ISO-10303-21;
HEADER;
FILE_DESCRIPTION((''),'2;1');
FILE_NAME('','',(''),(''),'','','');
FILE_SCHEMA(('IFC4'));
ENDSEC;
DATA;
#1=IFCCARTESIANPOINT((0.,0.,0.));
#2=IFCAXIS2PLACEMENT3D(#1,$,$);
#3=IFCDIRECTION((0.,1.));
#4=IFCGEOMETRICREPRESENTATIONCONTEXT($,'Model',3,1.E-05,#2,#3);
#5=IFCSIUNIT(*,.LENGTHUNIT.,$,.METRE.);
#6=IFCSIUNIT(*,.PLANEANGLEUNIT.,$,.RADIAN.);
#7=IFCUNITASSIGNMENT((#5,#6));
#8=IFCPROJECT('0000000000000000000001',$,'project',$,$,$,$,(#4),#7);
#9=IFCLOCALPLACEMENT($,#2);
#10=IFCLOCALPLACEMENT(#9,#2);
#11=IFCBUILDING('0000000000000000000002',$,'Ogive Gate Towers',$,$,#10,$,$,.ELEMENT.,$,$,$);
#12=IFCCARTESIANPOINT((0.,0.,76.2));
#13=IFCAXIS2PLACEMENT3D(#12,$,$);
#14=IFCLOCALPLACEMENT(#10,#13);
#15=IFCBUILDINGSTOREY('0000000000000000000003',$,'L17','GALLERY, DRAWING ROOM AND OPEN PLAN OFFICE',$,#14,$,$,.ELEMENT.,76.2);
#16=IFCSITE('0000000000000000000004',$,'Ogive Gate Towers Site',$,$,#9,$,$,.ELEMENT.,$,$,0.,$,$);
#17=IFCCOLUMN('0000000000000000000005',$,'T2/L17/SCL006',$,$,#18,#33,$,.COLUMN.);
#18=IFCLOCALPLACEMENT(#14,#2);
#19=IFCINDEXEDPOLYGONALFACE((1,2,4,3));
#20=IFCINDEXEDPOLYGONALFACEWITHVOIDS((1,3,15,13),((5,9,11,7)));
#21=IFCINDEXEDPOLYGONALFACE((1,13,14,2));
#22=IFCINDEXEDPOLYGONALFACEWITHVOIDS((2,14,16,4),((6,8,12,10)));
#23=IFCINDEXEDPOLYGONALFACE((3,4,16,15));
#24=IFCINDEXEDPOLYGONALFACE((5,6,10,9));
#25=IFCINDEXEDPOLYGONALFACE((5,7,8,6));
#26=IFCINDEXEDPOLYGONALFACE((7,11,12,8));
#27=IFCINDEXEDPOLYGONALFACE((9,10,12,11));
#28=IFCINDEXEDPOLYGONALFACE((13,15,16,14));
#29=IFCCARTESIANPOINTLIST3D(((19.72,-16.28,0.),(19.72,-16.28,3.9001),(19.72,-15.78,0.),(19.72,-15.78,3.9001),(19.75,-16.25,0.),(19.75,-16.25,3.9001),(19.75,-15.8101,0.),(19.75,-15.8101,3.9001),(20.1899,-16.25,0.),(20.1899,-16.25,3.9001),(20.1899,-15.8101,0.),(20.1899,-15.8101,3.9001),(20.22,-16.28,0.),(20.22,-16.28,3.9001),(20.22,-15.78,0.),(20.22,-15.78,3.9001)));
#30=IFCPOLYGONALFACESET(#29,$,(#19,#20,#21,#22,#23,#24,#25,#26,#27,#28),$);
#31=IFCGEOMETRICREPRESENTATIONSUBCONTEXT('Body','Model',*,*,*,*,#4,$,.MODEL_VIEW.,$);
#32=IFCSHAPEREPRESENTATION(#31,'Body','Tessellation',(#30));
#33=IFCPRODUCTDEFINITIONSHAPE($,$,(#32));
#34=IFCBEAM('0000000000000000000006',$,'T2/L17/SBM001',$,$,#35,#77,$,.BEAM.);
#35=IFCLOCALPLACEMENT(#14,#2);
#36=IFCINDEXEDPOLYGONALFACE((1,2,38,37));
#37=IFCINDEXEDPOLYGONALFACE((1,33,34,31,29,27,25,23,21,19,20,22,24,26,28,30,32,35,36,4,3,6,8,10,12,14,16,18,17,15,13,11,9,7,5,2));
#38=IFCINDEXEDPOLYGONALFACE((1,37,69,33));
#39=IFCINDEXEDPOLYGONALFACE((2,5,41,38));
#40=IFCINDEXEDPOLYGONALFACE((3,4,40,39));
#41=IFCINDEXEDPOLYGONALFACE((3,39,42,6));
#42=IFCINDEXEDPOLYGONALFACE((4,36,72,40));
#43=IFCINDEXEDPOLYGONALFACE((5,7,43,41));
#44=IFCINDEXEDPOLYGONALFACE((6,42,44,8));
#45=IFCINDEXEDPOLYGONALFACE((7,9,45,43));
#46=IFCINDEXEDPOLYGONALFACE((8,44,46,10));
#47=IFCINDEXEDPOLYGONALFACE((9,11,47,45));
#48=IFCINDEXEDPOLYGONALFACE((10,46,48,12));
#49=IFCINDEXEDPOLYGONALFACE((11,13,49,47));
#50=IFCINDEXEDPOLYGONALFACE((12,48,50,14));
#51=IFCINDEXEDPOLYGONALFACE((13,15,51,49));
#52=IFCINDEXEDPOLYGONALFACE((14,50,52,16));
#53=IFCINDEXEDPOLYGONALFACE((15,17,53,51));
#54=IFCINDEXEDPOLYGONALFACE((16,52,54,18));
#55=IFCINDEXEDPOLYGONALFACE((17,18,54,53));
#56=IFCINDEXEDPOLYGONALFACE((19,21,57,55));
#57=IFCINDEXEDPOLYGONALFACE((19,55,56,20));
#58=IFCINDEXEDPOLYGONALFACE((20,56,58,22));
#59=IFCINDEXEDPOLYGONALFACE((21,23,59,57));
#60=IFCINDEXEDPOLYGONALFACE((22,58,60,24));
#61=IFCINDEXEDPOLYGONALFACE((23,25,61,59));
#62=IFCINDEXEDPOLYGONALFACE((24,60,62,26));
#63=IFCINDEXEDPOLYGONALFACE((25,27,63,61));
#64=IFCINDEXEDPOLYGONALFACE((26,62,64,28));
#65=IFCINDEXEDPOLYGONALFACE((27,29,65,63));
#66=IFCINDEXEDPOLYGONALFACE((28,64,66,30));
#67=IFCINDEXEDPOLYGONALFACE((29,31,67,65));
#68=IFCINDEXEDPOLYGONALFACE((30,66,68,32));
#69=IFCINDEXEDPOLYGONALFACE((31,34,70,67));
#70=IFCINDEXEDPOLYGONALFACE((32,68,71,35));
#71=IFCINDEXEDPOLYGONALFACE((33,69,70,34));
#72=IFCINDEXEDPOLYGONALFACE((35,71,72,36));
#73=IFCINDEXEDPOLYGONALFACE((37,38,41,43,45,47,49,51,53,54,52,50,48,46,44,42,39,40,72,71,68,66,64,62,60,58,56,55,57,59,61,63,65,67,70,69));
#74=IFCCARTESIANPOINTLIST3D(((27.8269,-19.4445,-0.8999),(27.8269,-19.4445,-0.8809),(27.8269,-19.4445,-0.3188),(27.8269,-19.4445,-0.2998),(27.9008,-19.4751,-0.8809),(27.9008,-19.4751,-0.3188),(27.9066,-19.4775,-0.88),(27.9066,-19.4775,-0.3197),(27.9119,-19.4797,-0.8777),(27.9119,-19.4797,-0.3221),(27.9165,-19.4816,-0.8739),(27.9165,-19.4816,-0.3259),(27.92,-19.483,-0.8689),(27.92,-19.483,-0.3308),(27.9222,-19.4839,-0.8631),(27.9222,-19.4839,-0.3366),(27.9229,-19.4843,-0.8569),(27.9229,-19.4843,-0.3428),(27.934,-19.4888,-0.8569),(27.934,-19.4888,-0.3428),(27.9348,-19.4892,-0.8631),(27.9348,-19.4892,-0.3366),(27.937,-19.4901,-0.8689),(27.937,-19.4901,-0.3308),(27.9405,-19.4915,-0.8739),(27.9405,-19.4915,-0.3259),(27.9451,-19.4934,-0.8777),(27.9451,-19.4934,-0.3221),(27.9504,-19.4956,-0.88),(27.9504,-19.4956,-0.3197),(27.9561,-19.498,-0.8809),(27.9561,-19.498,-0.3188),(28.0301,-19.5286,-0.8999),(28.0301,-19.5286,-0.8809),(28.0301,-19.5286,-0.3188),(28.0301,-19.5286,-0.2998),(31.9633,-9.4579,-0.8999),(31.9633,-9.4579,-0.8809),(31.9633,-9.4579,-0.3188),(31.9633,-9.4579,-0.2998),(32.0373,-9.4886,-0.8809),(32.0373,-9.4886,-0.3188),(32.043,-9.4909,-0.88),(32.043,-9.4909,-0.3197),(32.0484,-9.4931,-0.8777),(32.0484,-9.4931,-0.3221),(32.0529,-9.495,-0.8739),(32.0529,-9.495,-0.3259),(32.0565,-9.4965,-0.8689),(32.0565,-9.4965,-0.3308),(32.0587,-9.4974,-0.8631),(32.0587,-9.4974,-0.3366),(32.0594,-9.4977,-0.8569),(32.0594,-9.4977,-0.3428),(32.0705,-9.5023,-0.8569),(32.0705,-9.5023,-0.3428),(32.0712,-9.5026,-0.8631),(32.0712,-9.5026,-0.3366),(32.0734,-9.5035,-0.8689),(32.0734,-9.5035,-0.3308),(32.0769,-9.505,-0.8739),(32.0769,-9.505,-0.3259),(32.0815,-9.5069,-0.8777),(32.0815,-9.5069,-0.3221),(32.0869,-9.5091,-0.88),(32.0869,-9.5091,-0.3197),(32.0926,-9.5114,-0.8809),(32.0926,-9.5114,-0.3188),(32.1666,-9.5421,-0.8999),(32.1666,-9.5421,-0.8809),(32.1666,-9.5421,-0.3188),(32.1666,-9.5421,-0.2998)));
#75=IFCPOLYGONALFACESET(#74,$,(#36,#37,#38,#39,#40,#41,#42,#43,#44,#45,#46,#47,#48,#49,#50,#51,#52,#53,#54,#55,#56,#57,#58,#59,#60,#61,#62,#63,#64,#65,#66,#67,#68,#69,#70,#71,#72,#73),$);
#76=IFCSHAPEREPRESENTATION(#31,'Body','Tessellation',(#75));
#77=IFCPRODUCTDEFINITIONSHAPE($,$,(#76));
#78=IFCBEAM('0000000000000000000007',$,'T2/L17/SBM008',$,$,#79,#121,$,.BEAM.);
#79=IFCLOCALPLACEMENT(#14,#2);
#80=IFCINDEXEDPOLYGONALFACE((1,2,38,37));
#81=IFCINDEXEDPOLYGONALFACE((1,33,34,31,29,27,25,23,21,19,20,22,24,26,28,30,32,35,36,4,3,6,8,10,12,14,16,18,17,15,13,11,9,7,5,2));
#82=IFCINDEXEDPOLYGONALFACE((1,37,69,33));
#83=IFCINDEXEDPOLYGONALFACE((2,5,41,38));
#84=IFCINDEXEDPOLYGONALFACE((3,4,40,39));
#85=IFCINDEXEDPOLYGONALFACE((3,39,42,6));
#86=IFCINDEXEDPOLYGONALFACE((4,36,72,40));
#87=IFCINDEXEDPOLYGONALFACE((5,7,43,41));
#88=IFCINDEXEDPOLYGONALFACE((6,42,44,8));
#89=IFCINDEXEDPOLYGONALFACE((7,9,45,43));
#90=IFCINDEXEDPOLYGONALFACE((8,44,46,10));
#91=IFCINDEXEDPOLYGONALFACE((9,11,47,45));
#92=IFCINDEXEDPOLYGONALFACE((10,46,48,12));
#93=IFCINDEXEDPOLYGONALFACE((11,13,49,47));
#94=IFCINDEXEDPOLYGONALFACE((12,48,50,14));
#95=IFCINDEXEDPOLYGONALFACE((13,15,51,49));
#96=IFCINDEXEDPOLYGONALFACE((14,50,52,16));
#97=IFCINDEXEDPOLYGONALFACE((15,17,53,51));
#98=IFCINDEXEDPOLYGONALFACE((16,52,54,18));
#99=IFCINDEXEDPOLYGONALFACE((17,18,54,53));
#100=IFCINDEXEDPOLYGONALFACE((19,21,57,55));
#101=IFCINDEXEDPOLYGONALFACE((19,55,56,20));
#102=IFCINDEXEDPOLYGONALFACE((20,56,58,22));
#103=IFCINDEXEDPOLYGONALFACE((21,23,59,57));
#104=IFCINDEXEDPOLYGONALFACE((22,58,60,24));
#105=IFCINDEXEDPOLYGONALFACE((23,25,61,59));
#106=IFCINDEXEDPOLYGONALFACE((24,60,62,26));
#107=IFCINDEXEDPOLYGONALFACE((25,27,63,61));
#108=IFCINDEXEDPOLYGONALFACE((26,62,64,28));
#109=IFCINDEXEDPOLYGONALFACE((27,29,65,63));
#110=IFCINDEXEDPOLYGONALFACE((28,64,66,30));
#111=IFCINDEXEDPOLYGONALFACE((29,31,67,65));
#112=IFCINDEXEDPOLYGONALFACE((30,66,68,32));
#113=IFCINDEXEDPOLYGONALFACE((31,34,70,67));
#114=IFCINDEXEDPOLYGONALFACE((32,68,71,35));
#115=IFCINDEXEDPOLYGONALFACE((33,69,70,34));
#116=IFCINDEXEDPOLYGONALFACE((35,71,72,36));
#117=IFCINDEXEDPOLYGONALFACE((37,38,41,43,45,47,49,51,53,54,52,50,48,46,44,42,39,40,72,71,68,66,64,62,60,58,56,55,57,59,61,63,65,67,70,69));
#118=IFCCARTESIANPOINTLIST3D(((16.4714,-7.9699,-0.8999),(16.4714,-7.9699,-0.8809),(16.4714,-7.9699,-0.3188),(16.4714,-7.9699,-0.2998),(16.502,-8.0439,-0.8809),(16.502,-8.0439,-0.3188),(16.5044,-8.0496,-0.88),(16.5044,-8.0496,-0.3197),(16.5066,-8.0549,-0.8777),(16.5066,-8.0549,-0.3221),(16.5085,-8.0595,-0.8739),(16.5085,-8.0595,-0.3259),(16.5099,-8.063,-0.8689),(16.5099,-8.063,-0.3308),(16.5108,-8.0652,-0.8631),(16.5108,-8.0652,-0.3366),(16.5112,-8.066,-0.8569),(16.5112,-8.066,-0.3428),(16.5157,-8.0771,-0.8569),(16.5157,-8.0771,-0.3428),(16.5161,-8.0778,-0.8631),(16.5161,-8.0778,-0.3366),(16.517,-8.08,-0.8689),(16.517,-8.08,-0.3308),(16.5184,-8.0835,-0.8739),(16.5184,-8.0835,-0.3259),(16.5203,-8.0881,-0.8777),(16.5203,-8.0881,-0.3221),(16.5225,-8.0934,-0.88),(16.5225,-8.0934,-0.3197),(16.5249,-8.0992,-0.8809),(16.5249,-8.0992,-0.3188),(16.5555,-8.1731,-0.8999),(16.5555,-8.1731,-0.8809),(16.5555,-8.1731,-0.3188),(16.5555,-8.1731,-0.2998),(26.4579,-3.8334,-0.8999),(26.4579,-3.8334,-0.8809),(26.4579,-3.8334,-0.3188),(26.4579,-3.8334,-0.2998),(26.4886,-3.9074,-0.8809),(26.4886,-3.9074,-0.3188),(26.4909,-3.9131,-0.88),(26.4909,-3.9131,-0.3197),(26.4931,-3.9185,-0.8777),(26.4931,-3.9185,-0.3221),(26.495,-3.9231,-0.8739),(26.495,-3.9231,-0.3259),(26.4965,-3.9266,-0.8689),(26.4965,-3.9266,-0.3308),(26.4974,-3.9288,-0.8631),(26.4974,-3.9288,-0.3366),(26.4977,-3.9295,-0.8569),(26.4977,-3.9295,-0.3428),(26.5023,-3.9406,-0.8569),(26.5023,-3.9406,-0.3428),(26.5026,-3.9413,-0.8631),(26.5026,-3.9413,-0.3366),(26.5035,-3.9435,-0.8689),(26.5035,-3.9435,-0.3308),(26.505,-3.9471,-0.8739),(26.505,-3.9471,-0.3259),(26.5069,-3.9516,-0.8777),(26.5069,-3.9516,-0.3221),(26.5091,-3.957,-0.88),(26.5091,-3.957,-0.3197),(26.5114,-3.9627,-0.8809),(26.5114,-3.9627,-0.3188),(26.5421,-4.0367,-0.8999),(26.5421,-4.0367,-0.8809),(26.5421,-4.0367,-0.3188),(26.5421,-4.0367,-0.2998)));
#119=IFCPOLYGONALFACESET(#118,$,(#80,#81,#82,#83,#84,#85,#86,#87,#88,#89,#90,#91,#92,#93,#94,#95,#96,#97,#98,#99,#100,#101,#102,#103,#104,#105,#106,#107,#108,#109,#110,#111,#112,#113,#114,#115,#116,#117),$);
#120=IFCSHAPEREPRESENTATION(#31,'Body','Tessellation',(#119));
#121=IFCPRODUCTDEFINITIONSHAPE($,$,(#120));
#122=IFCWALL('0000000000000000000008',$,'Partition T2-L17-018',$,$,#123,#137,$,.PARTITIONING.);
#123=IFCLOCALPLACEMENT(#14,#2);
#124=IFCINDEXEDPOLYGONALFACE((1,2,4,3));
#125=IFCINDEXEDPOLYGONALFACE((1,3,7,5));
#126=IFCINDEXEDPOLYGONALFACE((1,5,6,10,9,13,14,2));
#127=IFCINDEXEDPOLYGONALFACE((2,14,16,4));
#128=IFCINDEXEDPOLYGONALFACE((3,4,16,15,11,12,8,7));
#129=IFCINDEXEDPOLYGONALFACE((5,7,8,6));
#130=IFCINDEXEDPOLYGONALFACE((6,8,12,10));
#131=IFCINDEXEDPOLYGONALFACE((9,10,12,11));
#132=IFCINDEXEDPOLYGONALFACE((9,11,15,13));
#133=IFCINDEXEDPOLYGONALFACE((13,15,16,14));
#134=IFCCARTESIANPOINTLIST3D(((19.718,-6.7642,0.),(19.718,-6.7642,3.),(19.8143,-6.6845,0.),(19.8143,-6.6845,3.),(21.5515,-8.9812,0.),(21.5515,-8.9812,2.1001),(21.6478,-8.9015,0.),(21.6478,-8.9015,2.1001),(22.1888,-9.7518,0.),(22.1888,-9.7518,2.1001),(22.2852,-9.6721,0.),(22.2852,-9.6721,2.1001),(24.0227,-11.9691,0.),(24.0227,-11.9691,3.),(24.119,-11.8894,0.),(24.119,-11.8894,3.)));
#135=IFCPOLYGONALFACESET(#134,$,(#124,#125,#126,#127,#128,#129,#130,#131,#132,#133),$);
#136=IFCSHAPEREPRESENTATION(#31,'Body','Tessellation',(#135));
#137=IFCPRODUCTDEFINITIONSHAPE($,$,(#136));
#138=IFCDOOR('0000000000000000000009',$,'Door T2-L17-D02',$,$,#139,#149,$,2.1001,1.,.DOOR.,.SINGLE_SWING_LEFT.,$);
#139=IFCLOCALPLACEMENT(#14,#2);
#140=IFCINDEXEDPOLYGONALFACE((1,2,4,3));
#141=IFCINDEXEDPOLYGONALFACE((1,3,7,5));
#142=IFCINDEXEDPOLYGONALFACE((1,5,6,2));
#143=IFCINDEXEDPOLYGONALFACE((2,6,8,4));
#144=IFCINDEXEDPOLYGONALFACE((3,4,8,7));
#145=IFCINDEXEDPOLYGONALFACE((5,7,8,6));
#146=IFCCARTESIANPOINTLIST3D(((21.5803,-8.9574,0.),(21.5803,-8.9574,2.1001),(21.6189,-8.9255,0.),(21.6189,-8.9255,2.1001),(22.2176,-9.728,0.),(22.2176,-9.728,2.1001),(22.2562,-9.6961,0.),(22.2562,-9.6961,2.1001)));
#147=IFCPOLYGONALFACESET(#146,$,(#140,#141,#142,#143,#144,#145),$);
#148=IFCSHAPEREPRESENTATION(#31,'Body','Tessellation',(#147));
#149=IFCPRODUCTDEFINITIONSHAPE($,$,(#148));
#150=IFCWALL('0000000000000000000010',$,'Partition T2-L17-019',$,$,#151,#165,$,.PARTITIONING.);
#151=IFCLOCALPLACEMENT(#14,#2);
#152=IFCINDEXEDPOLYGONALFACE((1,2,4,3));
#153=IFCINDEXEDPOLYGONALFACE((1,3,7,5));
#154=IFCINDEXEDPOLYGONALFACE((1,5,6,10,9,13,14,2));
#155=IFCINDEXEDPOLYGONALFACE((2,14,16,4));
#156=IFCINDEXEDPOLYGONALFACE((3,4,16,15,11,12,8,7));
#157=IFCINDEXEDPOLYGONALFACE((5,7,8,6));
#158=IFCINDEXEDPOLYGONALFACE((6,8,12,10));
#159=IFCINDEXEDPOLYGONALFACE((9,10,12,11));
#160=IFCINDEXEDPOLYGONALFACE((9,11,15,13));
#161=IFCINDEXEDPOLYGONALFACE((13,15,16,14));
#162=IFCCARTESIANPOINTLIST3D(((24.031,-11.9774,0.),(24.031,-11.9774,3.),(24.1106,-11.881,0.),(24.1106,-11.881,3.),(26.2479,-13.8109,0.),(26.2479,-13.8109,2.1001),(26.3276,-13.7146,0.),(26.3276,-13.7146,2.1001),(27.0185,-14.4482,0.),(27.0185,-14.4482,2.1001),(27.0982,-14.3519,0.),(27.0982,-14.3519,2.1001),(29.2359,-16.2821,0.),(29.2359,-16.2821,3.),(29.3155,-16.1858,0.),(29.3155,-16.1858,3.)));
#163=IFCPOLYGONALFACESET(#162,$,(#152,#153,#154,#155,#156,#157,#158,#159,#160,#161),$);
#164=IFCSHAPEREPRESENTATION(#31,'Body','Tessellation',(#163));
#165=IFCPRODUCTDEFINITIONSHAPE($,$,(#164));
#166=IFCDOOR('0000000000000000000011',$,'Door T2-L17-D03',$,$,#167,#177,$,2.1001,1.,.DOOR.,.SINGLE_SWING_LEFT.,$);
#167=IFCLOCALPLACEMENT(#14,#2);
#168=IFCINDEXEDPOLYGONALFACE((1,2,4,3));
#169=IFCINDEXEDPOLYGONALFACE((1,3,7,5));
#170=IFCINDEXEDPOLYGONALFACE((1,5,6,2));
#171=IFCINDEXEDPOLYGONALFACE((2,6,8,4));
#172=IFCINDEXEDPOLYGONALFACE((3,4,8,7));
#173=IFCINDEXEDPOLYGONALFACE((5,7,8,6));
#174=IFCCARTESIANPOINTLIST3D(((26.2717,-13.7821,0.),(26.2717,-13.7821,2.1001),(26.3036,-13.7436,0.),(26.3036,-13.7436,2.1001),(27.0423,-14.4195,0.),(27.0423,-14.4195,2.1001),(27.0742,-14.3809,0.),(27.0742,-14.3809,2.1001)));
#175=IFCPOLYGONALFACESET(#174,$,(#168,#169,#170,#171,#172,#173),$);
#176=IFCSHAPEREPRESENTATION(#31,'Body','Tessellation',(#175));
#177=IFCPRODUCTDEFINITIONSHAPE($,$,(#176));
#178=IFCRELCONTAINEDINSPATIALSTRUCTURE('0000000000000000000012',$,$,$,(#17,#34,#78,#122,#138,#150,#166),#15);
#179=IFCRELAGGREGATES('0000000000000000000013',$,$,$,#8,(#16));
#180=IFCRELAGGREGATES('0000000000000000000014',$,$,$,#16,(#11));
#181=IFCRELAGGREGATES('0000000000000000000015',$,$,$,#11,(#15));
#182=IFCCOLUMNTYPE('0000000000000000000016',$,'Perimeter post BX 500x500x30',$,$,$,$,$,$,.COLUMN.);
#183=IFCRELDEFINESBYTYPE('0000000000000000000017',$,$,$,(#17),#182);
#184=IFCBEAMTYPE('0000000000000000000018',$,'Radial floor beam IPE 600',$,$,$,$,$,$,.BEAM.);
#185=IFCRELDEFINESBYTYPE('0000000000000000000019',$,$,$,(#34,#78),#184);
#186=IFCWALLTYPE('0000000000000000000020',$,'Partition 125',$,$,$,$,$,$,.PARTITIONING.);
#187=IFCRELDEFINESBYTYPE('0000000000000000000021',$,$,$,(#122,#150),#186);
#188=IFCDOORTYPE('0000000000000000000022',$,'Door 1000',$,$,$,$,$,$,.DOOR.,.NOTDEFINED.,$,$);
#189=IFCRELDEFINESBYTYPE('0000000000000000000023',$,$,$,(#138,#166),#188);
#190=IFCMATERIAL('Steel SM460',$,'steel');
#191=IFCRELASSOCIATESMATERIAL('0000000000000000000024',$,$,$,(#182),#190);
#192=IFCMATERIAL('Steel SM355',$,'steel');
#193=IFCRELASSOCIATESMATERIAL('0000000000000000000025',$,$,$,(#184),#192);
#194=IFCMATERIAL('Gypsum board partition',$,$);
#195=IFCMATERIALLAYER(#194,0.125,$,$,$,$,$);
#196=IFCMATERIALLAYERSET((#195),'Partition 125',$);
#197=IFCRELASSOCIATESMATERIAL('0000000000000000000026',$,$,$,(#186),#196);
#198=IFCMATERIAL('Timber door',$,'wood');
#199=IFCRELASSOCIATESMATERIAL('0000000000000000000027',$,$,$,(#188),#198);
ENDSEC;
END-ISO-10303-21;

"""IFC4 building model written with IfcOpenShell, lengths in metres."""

from ifc_helpers import new_model, si_unit, direction, frame, frame_2d, origin, origin_2d, place, context, subcontext, project, spatial, rectangle, hollow_rectangle, i_section, extrude, material, layer, layer_set, material_profile, profile_set, type_object, element, fill, save


model = new_model("IFC4")

# Units and contexts
model_context = context("Model", 3, precision=1e-05, world=origin(), true_north=direction((0.0, 1.0)))
body_context = subcontext(model_context, "Body", "Model", "MODEL_VIEW")
ifc_project = project(units=[si_unit("LENGTHUNIT", "METRE"), si_unit("PLANEANGLEUNIT", "RADIAN")], contexts=[model_context])

# Site, building, storey
site_placement = place(None, origin())
site = spatial("IfcSite", under=ifc_project, at=site_placement, Name="Ogive Gate Towers Site", CompositionType="ELEMENT", RefElevation=0.0)
building_placement = place(site_placement, origin())
building = spatial("IfcBuilding", under=site, at=building_placement, Name="Ogive Gate Towers", CompositionType="ELEMENT")
storey_placement = place(building_placement, frame((0.0, 0.0, 76.2)))
storey = spatial("IfcBuildingStorey", under=building, at=storey_placement, Name="L17", Description="GALLERY, DRAWING ROOM AND OPEN PLAN OFFICE", CompositionType="ELEMENT", Elevation=76.2)

# Column
ifc_material_1 = material(Name="Steel SM460", Category="steel")
ifc_material_profile_1 = material_profile(ifc_material_1, hollow_rectangle(XDim=0.5, YDim=0.5, WallThickness=0.03, at=origin_2d()), Name="BX 500x500x30")
ifc_profile_set_1 = profile_set([ifc_material_profile_1], Name="Steel SM460")
column_type = type_object("IfcColumnType", Name="Perimeter post BX 500x500x30", PredefinedType="COLUMN", material=ifc_profile_set_1)
column_placement = place(storey_placement, frame((19.97, -16.03, 0.0), z_axis=(0.0, 0.0, 1.0), x_axis=(1.0, 0.0, 0.0)))
element("IfcColumn", 1, at=column_placement, inside=storey, type_object=column_type, Name="T2/L17/SCL006", PredefinedType="COLUMN", context=body_context, shape_type="SweptSolid", body=[
    extrude(hollow_rectangle(XDim=0.5, YDim=0.5, WallThickness=0.03, at=origin_2d()), origin(), (0.0, 0.0, 1.0), 3.9001),
])

# Beams
ifc_material_2 = material(Name="Steel SM355", Category="steel")
ifc_material_profile_2 = material_profile(ifc_material_2, i_section(OverallWidth=0.22, OverallDepth=0.6001, WebThickness=0.012, FlangeThickness=0.019, FilletRadius=0.0239, at=origin_2d()), Name="IPE 600")
ifc_profile_set_2 = profile_set([ifc_material_profile_2], Name="Steel SM355")
beam_type = type_object("IfcBeamType", Name="Radial floor beam IPE 600", PredefinedType="BEAM", material=ifc_profile_set_2)
for number, where, z_axis, x_axis, name in (
    (2, (32.0649, -9.5, -0.5999), (-0.382676, -0.923883, 0.0), (0.923883, -0.382676, 0.0), "T2/L17/SBM001"),
    (3, (26.5, -3.9351, -0.5999), (-0.923883, -0.382676, 0.0), (0.382676, -0.923883, 0.0), "T2/L17/SBM008"),
):
    element("IfcBeam", number, at=place(storey_placement, frame(where, z_axis=z_axis, x_axis=x_axis)), inside=storey, type_object=beam_type, Name=name, PredefinedType="BEAM", context=body_context, shape_type="SweptSolid", body=[
        extrude(i_section(OverallWidth=0.22, OverallDepth=0.6001, WebThickness=0.012, FlangeThickness=0.019, FilletRadius=0.0239, at=origin_2d()), origin(), (0.0, 0.0, 1.0), 10.8093),
    ])

# Walls, openings, doors
ifc_material_3 = material(Name="Gypsum board partition")
ifc_layer_1 = layer(ifc_material_3, 0.125)
ifc_layer_set_1 = layer_set([ifc_layer_1], Name="Partition 125")
wall_type_1 = type_object("IfcWallType", Name="Partition 125", PredefinedType="PARTITIONING", material=ifc_layer_set_1)
wall_1_placement = place(storey_placement, frame((19.7661, -6.7244, 0.0), z_axis=(0.0, 0.0, 1.0), x_axis=(0.637325, -0.770595, 0.0)))
wall_1 = element("IfcWall", 4, at=wall_1_placement, inside=storey, type_object=wall_type_1, Name="Partition T2-L17-018", PredefinedType="PARTITIONING", context=body_context, shape_type="SweptSolid", body=[
    extrude(rectangle(XDim=6.7544, YDim=0.125, at=frame_2d((3.3772, 0.0))), origin(), (0.0, 0.0, 1.0), 3.0),
])
opening_1_placement = place(wall_1_placement, frame((2.877, 0.0, 0.0)))
opening_1 = element("IfcOpeningElement", 5, at=opening_1_placement, cuts=wall_1, PredefinedType="OPENING", context=body_context, shape_type="SweptSolid", body=[
    extrude(rectangle(XDim=1.0, YDim=2.1001, at=frame_2d((0.5, 1.05))), frame((0.0, 0.0725, 0.0), z_axis=(0.0, -1.0, 0.0), x_axis=(1.0, 0.0, 0.0)), (0.0, 0.0, 1.0), 0.145),
])
ifc_material_4 = material(Name="Timber door", Category="wood")
door_type_1 = type_object("IfcDoorType", Name="Door 1000", OperationType="NOTDEFINED", PredefinedType="DOOR", material=ifc_material_4)
door_1_placement = place(opening_1_placement, origin())
door_1 = element("IfcDoor", 6, at=door_1_placement, inside=storey, type_object=door_type_1, Name="Door T2-L17-D02", OperationType="SINGLE_SWING_LEFT", OverallHeight=2.1001, OverallWidth=1.0, PredefinedType="DOOR", context=body_context, shape_type="SweptSolid", body=[
    extrude(rectangle(XDim=1.0, YDim=2.1001, at=frame_2d((0.5, 1.05))), frame((0.0, 0.0249, 0.0), z_axis=(0.0, -1.0, 0.0), x_axis=(1.0, 0.0, 0.0)), (0.0, 0.0, 1.0), 0.05),
])
fill(opening_1, door_1)
wall_2_placement = place(storey_placement, frame((24.0708, -11.9292, 0.0), z_axis=(0.0, 0.0, 1.0), x_axis=(0.770595, -0.637325, 0.0)))
wall_2 = element("IfcWall", 7, at=wall_2_placement, inside=storey, type_object=wall_type_1, Name="Partition T2-L17-019", PredefinedType="PARTITIONING", context=body_context, shape_type="SweptSolid", body=[
    extrude(rectangle(XDim=6.7544, YDim=0.125, at=frame_2d((3.3772, 0.0))), origin(), (0.0, 0.0, 1.0), 3.0),
])
opening_2_placement = place(wall_2_placement, frame((2.877, 0.0, 0.0)))
opening_2 = element("IfcOpeningElement", 8, at=opening_2_placement, cuts=wall_2, PredefinedType="OPENING", context=body_context, shape_type="SweptSolid", body=[
    extrude(rectangle(XDim=1.0, YDim=2.1001, at=frame_2d((0.5, 1.05))), frame((0.0, 0.0725, 0.0), z_axis=(0.0, -1.0, 0.0), x_axis=(1.0, 0.0, 0.0)), (0.0, 0.0, 1.0), 0.145),
])
door_2_placement = place(opening_2_placement, origin())
door_2 = element("IfcDoor", 9, at=door_2_placement, inside=storey, type_object=door_type_1, Name="Door T2-L17-D03", OperationType="SINGLE_SWING_LEFT", OverallHeight=2.1001, OverallWidth=1.0, PredefinedType="DOOR", context=body_context, shape_type="SweptSolid", body=[
    extrude(rectangle(XDim=1.0, YDim=2.1001, at=frame_2d((0.5, 1.05))), frame((0.0, 0.0249, 0.0), z_axis=(0.0, -1.0, 0.0), x_axis=(1.0, 0.0, 0.0)), (0.0, 0.0, 1.0), 0.05),
])
fill(opening_2, door_2)

save(model, "model.ifc")
